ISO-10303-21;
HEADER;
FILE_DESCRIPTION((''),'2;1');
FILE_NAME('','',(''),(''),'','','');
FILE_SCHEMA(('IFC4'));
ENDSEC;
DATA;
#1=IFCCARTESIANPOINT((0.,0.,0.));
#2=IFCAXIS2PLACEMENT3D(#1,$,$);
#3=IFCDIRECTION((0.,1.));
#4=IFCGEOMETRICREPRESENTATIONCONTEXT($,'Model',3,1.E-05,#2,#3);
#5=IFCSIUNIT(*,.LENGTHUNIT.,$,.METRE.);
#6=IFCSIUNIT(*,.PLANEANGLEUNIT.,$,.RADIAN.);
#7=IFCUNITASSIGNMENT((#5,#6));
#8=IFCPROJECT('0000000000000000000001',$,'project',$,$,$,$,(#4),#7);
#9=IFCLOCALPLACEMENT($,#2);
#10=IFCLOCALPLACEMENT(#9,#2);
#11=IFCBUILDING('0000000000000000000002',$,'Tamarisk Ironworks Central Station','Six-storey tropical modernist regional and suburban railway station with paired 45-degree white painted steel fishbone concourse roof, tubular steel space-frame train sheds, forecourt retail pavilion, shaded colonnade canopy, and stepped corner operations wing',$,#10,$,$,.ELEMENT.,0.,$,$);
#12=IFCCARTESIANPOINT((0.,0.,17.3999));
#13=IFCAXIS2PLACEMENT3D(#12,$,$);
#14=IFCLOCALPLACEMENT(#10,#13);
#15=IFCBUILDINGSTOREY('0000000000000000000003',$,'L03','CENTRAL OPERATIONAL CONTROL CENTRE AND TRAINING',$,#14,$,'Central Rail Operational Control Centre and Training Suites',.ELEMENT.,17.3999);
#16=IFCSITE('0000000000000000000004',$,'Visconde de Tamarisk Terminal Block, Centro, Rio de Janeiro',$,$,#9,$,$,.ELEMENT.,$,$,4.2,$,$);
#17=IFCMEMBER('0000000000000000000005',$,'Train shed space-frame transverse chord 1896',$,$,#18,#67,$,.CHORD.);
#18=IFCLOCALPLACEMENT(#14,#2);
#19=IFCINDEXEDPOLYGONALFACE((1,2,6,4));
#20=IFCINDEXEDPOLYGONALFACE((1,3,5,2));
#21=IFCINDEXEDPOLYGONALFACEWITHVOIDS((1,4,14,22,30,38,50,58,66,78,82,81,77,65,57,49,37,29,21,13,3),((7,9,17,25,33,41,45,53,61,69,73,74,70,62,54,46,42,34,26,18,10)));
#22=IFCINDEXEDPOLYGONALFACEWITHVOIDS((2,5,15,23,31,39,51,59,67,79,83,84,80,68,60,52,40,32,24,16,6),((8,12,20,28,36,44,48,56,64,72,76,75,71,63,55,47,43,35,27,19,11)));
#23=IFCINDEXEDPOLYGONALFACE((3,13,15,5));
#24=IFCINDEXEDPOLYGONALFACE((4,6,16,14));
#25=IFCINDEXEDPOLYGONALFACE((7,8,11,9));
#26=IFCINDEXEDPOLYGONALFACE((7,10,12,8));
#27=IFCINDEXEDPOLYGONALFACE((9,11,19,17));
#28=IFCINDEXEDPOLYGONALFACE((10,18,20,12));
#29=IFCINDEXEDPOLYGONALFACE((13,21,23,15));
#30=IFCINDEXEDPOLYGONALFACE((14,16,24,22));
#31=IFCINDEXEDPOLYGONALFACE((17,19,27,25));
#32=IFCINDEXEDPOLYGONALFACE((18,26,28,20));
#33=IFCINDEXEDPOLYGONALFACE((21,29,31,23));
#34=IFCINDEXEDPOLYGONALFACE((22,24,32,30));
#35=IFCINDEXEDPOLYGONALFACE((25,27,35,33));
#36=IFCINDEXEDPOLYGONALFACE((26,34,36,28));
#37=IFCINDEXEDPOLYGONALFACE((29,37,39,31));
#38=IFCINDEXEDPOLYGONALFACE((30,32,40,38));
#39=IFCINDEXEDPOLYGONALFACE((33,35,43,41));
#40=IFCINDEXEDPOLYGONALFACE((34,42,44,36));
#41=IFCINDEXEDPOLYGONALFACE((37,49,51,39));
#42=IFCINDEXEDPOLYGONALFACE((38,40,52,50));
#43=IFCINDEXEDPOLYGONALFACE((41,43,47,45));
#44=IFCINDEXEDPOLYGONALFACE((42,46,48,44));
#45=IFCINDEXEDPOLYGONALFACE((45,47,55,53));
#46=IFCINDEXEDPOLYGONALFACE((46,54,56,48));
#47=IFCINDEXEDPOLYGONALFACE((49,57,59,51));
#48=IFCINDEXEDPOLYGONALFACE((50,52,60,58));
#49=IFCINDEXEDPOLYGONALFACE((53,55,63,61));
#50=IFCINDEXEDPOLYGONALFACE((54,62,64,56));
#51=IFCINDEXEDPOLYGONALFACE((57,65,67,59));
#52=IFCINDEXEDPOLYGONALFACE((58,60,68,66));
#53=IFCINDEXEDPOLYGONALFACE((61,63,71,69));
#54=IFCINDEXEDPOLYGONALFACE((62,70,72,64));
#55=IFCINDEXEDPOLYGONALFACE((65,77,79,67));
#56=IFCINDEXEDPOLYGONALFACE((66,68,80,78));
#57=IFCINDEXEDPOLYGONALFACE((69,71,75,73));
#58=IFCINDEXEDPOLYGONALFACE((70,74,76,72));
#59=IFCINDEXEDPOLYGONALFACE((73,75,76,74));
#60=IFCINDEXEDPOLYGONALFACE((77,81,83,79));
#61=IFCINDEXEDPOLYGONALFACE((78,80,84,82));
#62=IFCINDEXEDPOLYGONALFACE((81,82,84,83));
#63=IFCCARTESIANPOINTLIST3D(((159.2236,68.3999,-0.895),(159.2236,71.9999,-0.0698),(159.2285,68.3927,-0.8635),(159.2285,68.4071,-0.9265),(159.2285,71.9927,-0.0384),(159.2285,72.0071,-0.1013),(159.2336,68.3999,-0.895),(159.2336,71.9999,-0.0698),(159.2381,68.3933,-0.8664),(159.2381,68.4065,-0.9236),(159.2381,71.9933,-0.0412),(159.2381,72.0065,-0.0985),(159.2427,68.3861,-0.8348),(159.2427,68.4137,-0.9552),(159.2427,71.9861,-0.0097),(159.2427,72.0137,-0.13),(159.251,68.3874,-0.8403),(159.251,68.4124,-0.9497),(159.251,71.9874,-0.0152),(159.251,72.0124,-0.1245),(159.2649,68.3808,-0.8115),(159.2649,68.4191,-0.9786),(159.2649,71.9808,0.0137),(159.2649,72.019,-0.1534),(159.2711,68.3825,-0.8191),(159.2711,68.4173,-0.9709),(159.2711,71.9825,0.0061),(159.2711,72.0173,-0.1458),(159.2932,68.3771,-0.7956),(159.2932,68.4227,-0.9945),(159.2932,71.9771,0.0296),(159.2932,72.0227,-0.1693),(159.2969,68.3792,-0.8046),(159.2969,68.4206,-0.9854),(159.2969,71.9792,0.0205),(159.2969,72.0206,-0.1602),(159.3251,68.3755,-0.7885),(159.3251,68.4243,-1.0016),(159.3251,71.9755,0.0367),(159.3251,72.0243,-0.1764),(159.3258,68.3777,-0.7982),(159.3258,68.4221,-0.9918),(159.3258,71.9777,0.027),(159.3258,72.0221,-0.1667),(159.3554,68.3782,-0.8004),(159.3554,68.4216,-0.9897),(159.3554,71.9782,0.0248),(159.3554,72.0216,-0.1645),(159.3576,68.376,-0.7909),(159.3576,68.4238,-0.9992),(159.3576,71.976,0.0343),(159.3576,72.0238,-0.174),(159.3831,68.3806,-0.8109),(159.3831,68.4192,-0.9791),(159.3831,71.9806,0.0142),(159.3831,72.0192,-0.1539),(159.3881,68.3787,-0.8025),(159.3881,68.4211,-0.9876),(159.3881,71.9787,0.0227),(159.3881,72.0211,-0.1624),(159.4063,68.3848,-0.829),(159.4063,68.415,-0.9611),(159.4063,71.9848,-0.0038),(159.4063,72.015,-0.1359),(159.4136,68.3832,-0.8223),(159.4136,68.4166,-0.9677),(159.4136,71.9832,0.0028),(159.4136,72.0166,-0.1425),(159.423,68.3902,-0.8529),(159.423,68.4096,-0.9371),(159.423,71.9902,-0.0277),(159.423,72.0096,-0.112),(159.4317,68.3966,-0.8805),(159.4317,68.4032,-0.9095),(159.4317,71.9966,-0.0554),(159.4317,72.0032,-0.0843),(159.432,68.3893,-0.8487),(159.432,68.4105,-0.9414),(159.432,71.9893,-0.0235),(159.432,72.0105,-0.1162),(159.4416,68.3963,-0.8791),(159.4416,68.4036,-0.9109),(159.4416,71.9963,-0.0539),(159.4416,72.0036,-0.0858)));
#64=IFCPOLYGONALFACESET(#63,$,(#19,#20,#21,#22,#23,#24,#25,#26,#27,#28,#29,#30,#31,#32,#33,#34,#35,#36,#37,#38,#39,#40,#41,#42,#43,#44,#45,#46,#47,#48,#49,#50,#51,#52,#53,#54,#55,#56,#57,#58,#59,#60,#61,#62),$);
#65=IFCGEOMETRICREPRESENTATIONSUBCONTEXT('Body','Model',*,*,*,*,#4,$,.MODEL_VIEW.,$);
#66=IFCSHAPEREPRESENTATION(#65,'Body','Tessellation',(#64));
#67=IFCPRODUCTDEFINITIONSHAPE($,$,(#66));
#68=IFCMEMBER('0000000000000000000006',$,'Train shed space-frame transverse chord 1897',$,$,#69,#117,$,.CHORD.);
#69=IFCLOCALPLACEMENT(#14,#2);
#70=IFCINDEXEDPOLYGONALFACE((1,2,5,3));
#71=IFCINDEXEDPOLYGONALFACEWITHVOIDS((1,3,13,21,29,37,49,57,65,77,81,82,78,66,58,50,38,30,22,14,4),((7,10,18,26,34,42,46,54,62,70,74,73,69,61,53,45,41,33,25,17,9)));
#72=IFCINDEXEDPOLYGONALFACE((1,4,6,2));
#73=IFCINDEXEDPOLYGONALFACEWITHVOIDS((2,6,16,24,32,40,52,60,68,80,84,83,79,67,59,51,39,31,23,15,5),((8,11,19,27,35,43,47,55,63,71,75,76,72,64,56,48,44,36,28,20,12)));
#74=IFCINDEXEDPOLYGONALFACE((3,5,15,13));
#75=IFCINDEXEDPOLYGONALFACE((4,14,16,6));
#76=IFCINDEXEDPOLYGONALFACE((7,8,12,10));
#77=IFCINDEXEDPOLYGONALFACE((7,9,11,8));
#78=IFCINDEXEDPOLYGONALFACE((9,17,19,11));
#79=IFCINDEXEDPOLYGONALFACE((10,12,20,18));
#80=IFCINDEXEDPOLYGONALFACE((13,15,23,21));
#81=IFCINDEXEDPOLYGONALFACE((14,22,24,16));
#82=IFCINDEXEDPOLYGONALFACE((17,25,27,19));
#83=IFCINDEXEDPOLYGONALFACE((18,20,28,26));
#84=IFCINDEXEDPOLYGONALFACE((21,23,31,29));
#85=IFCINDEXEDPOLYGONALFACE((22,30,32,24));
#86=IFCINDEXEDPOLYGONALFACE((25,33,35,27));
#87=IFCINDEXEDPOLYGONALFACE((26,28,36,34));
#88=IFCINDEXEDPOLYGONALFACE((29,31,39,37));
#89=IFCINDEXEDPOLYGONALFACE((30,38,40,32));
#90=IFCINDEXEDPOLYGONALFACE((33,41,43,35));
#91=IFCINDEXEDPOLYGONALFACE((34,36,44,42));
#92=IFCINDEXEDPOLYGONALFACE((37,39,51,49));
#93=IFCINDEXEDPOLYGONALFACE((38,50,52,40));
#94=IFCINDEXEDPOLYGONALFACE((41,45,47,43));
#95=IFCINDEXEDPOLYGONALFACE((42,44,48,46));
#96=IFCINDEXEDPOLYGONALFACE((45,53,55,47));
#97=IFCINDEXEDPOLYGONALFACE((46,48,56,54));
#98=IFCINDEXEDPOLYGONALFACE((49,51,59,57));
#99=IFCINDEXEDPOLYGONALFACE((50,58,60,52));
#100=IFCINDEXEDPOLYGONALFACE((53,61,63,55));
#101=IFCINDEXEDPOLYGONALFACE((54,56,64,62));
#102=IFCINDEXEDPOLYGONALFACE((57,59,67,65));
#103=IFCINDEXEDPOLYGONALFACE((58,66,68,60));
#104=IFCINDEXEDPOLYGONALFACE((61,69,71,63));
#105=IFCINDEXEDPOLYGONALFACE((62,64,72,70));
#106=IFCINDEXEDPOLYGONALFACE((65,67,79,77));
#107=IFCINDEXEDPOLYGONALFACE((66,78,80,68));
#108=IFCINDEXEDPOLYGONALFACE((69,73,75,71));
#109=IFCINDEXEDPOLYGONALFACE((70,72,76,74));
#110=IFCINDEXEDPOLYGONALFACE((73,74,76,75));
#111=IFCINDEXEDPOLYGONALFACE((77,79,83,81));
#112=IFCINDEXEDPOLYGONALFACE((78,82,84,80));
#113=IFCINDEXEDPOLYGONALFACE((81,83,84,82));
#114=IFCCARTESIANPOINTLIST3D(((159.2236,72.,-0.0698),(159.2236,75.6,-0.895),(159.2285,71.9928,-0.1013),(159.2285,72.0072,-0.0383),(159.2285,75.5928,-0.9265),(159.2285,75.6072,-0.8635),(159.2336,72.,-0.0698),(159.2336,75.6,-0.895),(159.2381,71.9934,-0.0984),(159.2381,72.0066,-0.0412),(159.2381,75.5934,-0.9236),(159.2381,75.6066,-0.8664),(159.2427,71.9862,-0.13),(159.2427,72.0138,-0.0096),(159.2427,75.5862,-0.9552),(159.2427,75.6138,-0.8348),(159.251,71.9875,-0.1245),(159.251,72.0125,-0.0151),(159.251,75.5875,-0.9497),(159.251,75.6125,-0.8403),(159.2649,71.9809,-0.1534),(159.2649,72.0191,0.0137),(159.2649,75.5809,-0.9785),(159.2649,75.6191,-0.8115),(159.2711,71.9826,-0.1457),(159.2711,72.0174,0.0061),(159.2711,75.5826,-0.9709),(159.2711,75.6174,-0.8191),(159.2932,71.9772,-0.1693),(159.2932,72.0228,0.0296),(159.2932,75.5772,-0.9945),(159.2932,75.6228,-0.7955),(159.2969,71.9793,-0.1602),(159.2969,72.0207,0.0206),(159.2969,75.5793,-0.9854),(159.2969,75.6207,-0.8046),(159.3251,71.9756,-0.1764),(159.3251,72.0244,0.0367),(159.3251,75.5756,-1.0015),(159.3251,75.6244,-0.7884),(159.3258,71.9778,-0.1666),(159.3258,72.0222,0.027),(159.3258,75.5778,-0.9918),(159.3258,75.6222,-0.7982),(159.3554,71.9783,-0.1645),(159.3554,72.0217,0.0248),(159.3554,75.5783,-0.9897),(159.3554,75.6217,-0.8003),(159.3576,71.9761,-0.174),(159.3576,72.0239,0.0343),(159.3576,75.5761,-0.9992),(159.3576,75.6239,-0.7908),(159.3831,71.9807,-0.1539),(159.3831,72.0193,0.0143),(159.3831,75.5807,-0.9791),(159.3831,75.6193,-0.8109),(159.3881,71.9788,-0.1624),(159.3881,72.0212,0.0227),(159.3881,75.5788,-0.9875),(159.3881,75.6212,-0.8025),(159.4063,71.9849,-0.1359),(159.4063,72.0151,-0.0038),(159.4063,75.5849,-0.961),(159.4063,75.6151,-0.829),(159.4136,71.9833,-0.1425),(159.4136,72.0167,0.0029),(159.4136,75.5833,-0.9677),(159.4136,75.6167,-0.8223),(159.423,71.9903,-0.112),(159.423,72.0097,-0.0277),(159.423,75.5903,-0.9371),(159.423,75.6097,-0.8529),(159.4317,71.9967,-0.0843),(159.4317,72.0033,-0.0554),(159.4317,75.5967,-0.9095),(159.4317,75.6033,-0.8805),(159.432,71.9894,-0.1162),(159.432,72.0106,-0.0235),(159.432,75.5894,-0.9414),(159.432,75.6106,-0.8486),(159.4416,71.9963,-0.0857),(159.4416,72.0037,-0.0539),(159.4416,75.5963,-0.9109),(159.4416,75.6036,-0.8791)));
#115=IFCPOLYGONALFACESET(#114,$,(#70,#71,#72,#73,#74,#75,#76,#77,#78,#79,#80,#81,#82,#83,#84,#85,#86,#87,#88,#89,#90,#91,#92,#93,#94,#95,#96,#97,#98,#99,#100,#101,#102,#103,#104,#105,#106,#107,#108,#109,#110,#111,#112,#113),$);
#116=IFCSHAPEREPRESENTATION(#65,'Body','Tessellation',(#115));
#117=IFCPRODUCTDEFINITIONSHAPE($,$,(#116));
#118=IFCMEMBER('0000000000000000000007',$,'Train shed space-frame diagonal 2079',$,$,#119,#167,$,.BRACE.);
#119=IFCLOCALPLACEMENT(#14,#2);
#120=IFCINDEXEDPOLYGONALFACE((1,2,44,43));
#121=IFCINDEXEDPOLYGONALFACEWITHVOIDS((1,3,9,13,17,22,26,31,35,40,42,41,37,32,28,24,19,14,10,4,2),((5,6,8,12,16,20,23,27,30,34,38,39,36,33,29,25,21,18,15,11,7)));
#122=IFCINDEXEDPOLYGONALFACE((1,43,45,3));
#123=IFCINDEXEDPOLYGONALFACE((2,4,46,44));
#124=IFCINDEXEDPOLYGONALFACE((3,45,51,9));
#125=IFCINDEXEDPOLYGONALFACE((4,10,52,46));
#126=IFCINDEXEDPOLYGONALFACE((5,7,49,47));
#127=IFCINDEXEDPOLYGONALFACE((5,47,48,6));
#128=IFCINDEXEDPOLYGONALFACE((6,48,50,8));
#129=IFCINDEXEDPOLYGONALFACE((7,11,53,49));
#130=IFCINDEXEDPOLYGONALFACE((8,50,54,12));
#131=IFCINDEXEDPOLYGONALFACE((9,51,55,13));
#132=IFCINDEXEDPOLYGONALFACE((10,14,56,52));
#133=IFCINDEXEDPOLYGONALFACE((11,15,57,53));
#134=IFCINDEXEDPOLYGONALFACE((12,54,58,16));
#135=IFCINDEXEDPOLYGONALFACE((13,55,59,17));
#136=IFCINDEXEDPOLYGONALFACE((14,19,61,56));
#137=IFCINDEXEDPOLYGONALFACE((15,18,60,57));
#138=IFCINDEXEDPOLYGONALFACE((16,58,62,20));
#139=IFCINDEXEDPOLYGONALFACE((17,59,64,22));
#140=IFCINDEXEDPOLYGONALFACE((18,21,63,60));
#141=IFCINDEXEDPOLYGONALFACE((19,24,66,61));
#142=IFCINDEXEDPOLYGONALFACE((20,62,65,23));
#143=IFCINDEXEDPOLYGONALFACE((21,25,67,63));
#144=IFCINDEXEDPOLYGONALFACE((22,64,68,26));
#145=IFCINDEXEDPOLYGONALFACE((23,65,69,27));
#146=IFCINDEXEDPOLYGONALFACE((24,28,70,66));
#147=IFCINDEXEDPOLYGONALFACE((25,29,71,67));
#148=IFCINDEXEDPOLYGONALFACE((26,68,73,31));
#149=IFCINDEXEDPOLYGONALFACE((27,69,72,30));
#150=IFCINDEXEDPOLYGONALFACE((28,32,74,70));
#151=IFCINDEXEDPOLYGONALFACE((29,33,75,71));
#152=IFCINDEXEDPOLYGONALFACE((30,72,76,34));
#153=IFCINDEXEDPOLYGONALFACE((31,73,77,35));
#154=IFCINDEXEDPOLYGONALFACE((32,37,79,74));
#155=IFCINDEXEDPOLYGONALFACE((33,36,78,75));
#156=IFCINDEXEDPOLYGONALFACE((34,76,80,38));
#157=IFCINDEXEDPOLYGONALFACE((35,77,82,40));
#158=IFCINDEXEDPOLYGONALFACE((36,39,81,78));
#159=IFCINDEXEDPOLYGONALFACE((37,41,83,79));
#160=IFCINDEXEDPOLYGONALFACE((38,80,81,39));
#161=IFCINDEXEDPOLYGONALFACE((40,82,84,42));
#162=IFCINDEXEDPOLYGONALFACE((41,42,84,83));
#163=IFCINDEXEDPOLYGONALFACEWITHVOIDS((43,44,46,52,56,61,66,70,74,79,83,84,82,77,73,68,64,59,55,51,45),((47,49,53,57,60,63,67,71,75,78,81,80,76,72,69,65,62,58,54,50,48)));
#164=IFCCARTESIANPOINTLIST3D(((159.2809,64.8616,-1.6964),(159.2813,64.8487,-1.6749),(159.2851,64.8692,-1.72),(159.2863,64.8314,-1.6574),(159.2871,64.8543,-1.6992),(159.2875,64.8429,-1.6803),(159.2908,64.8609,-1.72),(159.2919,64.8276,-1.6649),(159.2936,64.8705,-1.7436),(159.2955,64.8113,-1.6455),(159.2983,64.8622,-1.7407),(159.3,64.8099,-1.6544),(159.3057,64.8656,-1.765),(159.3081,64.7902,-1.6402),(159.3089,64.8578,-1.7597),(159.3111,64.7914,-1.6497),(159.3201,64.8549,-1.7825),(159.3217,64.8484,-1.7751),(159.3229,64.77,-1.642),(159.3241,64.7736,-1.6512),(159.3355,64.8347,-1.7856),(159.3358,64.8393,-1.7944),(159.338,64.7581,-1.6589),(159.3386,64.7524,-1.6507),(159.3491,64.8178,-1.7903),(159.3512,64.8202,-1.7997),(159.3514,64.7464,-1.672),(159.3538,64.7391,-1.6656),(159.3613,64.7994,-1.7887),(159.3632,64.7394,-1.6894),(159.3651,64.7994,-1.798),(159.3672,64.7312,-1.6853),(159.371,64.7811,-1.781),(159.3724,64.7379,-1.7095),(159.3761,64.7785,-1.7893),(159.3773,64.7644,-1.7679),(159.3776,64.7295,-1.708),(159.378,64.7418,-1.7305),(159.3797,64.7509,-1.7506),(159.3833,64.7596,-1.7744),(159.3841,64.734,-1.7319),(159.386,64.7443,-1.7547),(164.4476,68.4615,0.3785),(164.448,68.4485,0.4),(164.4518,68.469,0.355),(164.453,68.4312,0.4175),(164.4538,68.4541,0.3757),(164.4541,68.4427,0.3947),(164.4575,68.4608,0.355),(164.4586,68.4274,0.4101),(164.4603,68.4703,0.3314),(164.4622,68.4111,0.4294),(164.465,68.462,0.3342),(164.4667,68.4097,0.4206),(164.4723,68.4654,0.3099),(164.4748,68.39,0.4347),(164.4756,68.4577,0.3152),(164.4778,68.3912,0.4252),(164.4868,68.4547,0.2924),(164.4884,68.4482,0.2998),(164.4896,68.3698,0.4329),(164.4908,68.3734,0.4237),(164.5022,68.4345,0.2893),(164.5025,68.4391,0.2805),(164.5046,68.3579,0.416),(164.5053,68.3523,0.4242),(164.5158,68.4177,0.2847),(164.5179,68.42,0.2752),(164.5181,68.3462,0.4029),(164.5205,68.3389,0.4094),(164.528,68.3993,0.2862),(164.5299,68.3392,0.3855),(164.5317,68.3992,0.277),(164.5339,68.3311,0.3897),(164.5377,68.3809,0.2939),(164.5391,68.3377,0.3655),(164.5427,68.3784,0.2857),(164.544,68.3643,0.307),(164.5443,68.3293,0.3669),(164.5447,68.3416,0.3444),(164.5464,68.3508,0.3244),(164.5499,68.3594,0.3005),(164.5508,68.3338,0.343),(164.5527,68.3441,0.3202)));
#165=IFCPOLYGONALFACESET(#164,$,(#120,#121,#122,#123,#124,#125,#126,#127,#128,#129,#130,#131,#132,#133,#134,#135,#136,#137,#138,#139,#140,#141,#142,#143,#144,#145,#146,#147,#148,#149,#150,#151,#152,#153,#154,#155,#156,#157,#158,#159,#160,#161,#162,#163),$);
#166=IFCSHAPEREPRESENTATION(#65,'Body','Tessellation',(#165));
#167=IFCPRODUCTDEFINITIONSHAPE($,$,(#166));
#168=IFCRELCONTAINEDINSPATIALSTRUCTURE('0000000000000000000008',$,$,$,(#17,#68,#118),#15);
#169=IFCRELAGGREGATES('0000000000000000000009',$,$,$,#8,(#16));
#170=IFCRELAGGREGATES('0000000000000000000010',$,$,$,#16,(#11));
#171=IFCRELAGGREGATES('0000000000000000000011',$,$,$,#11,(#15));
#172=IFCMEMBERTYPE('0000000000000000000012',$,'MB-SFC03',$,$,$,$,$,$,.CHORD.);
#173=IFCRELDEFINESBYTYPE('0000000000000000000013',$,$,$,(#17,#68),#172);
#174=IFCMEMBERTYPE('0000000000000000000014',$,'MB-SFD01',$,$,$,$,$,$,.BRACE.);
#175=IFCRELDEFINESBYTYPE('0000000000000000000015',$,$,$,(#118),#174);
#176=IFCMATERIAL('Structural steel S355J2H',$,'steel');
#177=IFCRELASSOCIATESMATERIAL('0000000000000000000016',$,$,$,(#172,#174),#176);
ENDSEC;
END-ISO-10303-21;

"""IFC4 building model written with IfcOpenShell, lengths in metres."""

from ifc_helpers import new_model, si_unit, direction, frame, origin, origin_2d, place, context, subcontext, project, spatial, hollow_circle, extrude, material, material_profile, profile_set, type_object, element, save


model = new_model("IFC4")

# Units and contexts
model_context = context("Model", 3, precision=1e-05, world=origin(), true_north=direction((0.0, 1.0)))
body_context = subcontext(model_context, "Body", "Model", "MODEL_VIEW")
ifc_project = project(units=[si_unit("LENGTHUNIT", "METRE"), si_unit("PLANEANGLEUNIT", "RADIAN")], contexts=[model_context])

# Site, building, storey
site_placement = place(None, origin())
site = spatial("IfcSite", under=ifc_project, at=site_placement, Name="Visconde de Tamarisk Terminal Block, Centro, Rio de Janeiro", CompositionType="ELEMENT", RefElevation=4.2)
building_placement = place(site_placement, origin())
building = spatial("IfcBuilding", under=site, at=building_placement, Name="Tamarisk Ironworks Central Station", Description="Six-storey tropical modernist regional and suburban railway station with paired 45-degree white painted steel fishbone concourse roof, tubular steel space-frame train sheds, forecourt retail pavilion, shaded colonnade canopy, and stepped corner operations wing", CompositionType="ELEMENT", ElevationOfRefHeight=0.0)
storey_placement = place(building_placement, frame((0.0, 0.0, 17.3999)))
storey = spatial("IfcBuildingStorey", under=building, at=storey_placement, Name="L03", Description="CENTRAL OPERATIONAL CONTROL CENTRE AND TRAINING", LongName="Central Rail Operational Control Centre and Training Suites", CompositionType="ELEMENT", Elevation=17.3999)

# Members
ifc_material = material(Name="Structural steel S355J2H", Category="steel")
ifc_material_profile_1 = material_profile(ifc_material, hollow_circle(Radius=0.1096, WallThickness=0.01, at=origin_2d()), Name="CHS 219.1x10")
ifc_profile_set_1 = profile_set([ifc_material_profile_1], Name="Structural steel S355J2H")
member_type_1 = type_object("IfcMemberType", Name="MB-SFC03", PredefinedType="CHORD", material=ifc_profile_set_1)
for number, where, z_axis, x_axis, name in (
    (1, (159.3333, 68.3999, -0.895), (0.0, 0.974722, 0.223421), (-1.0, 0.0, 0.0), "Train shed space-frame transverse chord 1896"),
    (2, (159.3333, 72.0, -0.0698), (0.0, 0.974722, -0.223421), (-1.0, 0.0, 0.0), "Train shed space-frame transverse chord 1897"),
):
    element("IfcMember", number, at=place(storey_placement, frame(where, z_axis=z_axis, x_axis=x_axis)), inside=storey, type_object=member_type_1, Name=name, PredefinedType="CHORD", context=body_context, shape_type="SweptSolid", body=[
        extrude(hollow_circle(Radius=0.1096, WallThickness=0.01, at=origin_2d()), origin(), (0.0, 0.0, 1.0), 3.6934),
    ])
ifc_material_profile_2 = material_profile(ifc_material, hollow_circle(Radius=0.0842, WallThickness=0.01, at=origin_2d()), Name="CHS 168.3x10")
ifc_profile_set_2 = profile_set([ifc_material_profile_2], Name="Structural steel S355J2H")
member_type_2 = type_object("IfcMemberType", Name="MB-SFD01", PredefinedType="BRACE", material=ifc_profile_set_2)
member_1_placement = place(storey_placement, frame((159.3333, 64.8, -1.72), z_axis=(0.779274, 0.542947, 0.312954), x_axis=(-0.571663, 0.820489, 0.0)))
element("IfcMember", 3, at=member_1_placement, inside=storey, type_object=member_type_2, Name="Train shed space-frame diagonal 2079", PredefinedType="BRACE", context=body_context, shape_type="SweptSolid", body=[
    extrude(hollow_circle(Radius=0.0842, WallThickness=0.01, at=origin_2d()), origin(), (0.0, 0.0, 1.0), 6.6301),
])

save(model, "model.ifc")
